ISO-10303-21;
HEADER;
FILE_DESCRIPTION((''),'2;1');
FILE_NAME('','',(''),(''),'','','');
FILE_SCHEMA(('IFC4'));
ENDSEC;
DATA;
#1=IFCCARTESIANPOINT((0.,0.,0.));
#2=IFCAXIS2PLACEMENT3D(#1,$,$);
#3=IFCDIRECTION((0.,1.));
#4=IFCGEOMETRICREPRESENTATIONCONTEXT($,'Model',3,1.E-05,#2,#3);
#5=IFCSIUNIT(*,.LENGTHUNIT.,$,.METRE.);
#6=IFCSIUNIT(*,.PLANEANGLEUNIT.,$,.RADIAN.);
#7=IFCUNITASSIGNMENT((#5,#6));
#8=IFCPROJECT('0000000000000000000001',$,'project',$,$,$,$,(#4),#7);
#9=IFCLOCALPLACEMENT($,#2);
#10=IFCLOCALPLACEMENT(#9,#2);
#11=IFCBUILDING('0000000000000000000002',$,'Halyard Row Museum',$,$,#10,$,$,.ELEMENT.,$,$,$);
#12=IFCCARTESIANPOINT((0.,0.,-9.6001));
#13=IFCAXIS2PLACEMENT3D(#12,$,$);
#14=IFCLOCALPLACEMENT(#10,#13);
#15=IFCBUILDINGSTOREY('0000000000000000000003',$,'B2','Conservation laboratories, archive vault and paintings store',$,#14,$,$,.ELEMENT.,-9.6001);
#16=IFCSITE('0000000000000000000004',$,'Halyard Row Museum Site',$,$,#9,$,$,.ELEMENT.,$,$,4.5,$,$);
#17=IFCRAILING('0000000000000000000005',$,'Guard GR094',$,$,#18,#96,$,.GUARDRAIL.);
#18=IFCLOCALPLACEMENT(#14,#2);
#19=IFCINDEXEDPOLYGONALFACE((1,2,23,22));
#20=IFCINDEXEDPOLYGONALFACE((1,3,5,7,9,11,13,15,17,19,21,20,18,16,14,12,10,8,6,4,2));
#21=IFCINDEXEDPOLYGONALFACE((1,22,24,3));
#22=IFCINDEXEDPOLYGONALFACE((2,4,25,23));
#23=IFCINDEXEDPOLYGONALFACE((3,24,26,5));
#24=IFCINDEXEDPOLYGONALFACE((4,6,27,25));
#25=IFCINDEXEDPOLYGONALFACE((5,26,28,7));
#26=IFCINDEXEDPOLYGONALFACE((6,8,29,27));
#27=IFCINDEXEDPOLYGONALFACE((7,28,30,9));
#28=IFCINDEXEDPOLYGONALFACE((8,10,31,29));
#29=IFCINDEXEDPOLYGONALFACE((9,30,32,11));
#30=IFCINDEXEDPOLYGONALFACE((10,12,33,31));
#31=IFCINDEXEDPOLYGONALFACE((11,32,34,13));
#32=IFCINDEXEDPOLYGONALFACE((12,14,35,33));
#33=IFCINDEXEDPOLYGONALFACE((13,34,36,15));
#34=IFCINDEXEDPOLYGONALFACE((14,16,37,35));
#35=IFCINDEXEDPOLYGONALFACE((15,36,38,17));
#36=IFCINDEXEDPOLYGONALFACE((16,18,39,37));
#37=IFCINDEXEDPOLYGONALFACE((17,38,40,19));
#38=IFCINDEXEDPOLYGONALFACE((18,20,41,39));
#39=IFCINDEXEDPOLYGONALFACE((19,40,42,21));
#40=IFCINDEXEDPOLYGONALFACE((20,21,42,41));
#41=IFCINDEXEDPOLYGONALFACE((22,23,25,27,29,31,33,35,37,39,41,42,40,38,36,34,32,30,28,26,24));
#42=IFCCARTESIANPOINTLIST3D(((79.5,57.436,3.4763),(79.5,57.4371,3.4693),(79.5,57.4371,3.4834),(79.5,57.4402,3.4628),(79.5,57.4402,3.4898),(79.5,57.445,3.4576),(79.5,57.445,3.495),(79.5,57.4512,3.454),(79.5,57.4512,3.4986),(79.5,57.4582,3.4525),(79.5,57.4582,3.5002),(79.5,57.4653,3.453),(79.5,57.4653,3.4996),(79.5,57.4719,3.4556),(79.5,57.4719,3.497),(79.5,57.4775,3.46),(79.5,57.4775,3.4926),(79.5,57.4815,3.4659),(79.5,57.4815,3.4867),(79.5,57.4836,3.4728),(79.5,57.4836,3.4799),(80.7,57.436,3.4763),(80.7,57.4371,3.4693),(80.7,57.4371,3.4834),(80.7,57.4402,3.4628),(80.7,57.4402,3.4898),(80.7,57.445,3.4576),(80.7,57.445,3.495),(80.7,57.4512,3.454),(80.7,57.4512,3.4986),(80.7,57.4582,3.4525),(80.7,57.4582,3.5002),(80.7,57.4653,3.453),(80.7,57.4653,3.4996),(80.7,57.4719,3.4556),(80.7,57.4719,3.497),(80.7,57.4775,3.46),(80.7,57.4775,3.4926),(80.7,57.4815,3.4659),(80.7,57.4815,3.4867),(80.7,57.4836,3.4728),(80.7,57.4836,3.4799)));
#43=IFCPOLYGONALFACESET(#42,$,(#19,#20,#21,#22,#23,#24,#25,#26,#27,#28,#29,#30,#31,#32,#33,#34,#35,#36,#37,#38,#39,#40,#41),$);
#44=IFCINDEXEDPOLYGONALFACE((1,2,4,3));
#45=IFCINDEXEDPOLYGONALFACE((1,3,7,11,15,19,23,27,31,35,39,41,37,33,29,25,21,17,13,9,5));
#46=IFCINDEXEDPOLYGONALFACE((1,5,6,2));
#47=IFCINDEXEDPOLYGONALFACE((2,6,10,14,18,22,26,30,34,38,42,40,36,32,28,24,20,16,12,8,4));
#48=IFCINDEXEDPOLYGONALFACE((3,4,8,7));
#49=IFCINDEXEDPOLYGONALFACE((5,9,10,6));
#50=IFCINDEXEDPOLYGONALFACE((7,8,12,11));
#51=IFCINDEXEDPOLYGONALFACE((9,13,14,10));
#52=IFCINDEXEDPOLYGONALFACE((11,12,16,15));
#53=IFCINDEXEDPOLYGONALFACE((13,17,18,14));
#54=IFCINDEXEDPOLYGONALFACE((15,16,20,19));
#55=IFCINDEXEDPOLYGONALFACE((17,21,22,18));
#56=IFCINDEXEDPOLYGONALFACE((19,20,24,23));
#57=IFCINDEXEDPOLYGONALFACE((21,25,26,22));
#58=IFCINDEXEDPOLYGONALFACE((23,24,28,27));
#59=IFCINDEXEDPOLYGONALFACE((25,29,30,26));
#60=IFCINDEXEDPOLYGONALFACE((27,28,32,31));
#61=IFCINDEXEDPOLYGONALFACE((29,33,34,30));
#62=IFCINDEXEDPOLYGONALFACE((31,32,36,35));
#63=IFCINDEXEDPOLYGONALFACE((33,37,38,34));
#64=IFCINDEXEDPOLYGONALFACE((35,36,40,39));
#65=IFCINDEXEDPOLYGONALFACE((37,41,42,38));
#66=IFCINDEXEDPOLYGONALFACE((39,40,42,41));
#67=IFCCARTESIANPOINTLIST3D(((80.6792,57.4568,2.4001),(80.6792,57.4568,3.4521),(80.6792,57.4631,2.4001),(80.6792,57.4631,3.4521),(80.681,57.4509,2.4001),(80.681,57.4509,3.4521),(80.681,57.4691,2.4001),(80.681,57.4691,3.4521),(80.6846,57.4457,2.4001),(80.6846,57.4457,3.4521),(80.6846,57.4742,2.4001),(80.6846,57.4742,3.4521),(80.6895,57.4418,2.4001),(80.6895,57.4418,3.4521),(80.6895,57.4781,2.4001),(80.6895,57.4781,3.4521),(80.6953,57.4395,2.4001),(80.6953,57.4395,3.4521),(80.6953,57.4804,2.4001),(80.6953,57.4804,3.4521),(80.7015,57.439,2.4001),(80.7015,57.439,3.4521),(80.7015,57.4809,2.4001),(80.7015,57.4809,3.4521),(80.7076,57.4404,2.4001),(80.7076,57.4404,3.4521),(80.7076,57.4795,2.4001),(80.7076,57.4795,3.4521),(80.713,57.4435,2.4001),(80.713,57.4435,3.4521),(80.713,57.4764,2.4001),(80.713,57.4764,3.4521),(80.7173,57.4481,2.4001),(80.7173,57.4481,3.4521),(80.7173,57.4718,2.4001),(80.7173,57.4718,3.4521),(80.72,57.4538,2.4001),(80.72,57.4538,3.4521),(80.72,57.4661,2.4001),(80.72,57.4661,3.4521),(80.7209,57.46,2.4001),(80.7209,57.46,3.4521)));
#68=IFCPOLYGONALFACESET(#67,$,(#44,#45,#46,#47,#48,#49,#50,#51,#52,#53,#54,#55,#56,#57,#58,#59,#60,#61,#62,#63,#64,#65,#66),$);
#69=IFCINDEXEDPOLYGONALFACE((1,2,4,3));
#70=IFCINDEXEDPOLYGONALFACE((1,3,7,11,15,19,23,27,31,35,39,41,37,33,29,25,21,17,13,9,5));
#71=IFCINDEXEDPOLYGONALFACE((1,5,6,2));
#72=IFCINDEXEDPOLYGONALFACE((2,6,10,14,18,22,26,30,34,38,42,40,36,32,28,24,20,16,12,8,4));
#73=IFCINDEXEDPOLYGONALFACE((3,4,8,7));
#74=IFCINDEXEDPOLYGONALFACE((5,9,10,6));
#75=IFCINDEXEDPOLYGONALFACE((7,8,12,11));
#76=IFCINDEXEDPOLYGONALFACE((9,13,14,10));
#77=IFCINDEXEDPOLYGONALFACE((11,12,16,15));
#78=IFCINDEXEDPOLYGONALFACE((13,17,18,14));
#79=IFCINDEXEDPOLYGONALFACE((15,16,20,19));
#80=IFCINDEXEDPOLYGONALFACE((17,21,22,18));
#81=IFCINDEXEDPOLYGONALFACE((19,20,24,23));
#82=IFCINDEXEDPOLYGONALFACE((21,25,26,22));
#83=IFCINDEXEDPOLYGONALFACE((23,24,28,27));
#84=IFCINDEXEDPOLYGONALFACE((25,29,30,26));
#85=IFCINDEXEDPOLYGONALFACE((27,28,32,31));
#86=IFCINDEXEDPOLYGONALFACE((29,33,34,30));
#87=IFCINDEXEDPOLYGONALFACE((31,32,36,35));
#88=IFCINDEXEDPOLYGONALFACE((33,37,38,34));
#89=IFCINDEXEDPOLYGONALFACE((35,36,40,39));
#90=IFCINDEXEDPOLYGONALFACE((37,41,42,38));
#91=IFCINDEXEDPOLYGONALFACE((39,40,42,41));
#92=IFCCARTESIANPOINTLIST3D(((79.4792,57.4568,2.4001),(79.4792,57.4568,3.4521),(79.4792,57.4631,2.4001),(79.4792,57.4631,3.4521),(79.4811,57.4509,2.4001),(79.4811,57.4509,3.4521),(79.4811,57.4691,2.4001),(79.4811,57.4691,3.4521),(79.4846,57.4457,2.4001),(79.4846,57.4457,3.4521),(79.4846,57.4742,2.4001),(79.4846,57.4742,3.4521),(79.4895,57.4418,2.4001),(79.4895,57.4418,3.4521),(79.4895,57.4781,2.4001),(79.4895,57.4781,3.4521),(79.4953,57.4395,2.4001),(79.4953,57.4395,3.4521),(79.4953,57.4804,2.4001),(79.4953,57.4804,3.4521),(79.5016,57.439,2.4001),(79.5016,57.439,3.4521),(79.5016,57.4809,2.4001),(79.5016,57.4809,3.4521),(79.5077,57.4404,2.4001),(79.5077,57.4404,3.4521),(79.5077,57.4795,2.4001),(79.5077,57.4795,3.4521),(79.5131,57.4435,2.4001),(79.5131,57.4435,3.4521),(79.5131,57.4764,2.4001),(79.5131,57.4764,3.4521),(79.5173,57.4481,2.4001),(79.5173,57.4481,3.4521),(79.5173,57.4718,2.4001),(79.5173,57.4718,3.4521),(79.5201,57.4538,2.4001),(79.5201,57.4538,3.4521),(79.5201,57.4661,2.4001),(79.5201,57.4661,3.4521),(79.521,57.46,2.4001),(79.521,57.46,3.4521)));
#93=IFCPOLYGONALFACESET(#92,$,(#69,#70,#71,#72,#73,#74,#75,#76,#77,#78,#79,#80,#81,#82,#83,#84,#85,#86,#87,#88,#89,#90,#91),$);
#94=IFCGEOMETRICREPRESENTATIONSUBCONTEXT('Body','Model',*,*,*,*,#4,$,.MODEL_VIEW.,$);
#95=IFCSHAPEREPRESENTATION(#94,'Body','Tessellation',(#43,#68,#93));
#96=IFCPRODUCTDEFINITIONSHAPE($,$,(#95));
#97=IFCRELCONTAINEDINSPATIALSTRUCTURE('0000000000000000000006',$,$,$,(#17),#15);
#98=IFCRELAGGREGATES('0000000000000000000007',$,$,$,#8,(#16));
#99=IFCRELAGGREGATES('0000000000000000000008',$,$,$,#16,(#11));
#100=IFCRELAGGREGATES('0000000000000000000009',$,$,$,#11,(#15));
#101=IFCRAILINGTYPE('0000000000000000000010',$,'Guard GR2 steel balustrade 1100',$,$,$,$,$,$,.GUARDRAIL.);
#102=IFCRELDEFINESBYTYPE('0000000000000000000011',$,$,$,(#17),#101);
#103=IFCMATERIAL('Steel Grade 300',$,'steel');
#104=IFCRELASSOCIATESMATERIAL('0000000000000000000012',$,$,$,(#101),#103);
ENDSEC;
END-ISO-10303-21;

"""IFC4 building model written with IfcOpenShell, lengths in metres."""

from ifc_helpers import new_model, si_unit, direction, frame, origin, origin_2d, place, context, subcontext, project, spatial, circle, extrude, material, type_object, element, save


model = new_model("IFC4")

# Units and contexts
model_context = context("Model", 3, precision=1e-05, world=origin(), true_north=direction((0.0, 1.0)))
body_context = subcontext(model_context, "Body", "Model", "MODEL_VIEW")
ifc_project = project(units=[si_unit("LENGTHUNIT", "METRE"), si_unit("PLANEANGLEUNIT", "RADIAN")], contexts=[model_context])

# Site, building, storey
site_placement = place(None, origin())
site = spatial("IfcSite", under=ifc_project, at=site_placement, Name="Halyard Row Museum Site", CompositionType="ELEMENT", RefElevation=4.5)
building_placement = place(site_placement, origin())
building = spatial("IfcBuilding", under=site, at=building_placement, Name="Halyard Row Museum", CompositionType="ELEMENT")
storey_placement = place(building_placement, frame((0.0, 0.0, -9.6001)))
storey = spatial("IfcBuildingStorey", under=building, at=storey_placement, Name="B2", Description="Conservation laboratories, archive vault and paintings store", CompositionType="ELEMENT", Elevation=-9.6001)

# Railing
ifc_material_1 = material(Name="Steel Grade 300", Category="steel")
railing_type_1 = type_object("IfcRailingType", Name="Guard GR2 steel balustrade 1100", PredefinedType="GUARDRAIL", material=ifc_material_1)
railing_1_placement = place(storey_placement, frame((80.7, 57.46, 2.4001)))
element("IfcRailing", 1, at=railing_1_placement, inside=storey, type_object=railing_type_1, Name="Guard GR094", PredefinedType="GUARDRAIL", context=body_context, shape_type="SweptSolid", body=[
    extrude(circle(Radius=0.0239, at=origin_2d()), frame((0.0, 0.0, 1.0762), z_axis=(-1.0, 0.0, 0.0), x_axis=(0.0, -1.0, 0.0)), (0.0, 0.0, 1.0), 1.2),
    extrude(circle(Radius=0.021, at=origin_2d()), origin(), (0.0, 0.0, 1.0), 1.052),
    extrude(circle(Radius=0.021, at=origin_2d()), frame((-1.2, 0.0, 0.0)), (0.0, 0.0, 1.0), 1.052),
])

save(model, "model.ifc")
